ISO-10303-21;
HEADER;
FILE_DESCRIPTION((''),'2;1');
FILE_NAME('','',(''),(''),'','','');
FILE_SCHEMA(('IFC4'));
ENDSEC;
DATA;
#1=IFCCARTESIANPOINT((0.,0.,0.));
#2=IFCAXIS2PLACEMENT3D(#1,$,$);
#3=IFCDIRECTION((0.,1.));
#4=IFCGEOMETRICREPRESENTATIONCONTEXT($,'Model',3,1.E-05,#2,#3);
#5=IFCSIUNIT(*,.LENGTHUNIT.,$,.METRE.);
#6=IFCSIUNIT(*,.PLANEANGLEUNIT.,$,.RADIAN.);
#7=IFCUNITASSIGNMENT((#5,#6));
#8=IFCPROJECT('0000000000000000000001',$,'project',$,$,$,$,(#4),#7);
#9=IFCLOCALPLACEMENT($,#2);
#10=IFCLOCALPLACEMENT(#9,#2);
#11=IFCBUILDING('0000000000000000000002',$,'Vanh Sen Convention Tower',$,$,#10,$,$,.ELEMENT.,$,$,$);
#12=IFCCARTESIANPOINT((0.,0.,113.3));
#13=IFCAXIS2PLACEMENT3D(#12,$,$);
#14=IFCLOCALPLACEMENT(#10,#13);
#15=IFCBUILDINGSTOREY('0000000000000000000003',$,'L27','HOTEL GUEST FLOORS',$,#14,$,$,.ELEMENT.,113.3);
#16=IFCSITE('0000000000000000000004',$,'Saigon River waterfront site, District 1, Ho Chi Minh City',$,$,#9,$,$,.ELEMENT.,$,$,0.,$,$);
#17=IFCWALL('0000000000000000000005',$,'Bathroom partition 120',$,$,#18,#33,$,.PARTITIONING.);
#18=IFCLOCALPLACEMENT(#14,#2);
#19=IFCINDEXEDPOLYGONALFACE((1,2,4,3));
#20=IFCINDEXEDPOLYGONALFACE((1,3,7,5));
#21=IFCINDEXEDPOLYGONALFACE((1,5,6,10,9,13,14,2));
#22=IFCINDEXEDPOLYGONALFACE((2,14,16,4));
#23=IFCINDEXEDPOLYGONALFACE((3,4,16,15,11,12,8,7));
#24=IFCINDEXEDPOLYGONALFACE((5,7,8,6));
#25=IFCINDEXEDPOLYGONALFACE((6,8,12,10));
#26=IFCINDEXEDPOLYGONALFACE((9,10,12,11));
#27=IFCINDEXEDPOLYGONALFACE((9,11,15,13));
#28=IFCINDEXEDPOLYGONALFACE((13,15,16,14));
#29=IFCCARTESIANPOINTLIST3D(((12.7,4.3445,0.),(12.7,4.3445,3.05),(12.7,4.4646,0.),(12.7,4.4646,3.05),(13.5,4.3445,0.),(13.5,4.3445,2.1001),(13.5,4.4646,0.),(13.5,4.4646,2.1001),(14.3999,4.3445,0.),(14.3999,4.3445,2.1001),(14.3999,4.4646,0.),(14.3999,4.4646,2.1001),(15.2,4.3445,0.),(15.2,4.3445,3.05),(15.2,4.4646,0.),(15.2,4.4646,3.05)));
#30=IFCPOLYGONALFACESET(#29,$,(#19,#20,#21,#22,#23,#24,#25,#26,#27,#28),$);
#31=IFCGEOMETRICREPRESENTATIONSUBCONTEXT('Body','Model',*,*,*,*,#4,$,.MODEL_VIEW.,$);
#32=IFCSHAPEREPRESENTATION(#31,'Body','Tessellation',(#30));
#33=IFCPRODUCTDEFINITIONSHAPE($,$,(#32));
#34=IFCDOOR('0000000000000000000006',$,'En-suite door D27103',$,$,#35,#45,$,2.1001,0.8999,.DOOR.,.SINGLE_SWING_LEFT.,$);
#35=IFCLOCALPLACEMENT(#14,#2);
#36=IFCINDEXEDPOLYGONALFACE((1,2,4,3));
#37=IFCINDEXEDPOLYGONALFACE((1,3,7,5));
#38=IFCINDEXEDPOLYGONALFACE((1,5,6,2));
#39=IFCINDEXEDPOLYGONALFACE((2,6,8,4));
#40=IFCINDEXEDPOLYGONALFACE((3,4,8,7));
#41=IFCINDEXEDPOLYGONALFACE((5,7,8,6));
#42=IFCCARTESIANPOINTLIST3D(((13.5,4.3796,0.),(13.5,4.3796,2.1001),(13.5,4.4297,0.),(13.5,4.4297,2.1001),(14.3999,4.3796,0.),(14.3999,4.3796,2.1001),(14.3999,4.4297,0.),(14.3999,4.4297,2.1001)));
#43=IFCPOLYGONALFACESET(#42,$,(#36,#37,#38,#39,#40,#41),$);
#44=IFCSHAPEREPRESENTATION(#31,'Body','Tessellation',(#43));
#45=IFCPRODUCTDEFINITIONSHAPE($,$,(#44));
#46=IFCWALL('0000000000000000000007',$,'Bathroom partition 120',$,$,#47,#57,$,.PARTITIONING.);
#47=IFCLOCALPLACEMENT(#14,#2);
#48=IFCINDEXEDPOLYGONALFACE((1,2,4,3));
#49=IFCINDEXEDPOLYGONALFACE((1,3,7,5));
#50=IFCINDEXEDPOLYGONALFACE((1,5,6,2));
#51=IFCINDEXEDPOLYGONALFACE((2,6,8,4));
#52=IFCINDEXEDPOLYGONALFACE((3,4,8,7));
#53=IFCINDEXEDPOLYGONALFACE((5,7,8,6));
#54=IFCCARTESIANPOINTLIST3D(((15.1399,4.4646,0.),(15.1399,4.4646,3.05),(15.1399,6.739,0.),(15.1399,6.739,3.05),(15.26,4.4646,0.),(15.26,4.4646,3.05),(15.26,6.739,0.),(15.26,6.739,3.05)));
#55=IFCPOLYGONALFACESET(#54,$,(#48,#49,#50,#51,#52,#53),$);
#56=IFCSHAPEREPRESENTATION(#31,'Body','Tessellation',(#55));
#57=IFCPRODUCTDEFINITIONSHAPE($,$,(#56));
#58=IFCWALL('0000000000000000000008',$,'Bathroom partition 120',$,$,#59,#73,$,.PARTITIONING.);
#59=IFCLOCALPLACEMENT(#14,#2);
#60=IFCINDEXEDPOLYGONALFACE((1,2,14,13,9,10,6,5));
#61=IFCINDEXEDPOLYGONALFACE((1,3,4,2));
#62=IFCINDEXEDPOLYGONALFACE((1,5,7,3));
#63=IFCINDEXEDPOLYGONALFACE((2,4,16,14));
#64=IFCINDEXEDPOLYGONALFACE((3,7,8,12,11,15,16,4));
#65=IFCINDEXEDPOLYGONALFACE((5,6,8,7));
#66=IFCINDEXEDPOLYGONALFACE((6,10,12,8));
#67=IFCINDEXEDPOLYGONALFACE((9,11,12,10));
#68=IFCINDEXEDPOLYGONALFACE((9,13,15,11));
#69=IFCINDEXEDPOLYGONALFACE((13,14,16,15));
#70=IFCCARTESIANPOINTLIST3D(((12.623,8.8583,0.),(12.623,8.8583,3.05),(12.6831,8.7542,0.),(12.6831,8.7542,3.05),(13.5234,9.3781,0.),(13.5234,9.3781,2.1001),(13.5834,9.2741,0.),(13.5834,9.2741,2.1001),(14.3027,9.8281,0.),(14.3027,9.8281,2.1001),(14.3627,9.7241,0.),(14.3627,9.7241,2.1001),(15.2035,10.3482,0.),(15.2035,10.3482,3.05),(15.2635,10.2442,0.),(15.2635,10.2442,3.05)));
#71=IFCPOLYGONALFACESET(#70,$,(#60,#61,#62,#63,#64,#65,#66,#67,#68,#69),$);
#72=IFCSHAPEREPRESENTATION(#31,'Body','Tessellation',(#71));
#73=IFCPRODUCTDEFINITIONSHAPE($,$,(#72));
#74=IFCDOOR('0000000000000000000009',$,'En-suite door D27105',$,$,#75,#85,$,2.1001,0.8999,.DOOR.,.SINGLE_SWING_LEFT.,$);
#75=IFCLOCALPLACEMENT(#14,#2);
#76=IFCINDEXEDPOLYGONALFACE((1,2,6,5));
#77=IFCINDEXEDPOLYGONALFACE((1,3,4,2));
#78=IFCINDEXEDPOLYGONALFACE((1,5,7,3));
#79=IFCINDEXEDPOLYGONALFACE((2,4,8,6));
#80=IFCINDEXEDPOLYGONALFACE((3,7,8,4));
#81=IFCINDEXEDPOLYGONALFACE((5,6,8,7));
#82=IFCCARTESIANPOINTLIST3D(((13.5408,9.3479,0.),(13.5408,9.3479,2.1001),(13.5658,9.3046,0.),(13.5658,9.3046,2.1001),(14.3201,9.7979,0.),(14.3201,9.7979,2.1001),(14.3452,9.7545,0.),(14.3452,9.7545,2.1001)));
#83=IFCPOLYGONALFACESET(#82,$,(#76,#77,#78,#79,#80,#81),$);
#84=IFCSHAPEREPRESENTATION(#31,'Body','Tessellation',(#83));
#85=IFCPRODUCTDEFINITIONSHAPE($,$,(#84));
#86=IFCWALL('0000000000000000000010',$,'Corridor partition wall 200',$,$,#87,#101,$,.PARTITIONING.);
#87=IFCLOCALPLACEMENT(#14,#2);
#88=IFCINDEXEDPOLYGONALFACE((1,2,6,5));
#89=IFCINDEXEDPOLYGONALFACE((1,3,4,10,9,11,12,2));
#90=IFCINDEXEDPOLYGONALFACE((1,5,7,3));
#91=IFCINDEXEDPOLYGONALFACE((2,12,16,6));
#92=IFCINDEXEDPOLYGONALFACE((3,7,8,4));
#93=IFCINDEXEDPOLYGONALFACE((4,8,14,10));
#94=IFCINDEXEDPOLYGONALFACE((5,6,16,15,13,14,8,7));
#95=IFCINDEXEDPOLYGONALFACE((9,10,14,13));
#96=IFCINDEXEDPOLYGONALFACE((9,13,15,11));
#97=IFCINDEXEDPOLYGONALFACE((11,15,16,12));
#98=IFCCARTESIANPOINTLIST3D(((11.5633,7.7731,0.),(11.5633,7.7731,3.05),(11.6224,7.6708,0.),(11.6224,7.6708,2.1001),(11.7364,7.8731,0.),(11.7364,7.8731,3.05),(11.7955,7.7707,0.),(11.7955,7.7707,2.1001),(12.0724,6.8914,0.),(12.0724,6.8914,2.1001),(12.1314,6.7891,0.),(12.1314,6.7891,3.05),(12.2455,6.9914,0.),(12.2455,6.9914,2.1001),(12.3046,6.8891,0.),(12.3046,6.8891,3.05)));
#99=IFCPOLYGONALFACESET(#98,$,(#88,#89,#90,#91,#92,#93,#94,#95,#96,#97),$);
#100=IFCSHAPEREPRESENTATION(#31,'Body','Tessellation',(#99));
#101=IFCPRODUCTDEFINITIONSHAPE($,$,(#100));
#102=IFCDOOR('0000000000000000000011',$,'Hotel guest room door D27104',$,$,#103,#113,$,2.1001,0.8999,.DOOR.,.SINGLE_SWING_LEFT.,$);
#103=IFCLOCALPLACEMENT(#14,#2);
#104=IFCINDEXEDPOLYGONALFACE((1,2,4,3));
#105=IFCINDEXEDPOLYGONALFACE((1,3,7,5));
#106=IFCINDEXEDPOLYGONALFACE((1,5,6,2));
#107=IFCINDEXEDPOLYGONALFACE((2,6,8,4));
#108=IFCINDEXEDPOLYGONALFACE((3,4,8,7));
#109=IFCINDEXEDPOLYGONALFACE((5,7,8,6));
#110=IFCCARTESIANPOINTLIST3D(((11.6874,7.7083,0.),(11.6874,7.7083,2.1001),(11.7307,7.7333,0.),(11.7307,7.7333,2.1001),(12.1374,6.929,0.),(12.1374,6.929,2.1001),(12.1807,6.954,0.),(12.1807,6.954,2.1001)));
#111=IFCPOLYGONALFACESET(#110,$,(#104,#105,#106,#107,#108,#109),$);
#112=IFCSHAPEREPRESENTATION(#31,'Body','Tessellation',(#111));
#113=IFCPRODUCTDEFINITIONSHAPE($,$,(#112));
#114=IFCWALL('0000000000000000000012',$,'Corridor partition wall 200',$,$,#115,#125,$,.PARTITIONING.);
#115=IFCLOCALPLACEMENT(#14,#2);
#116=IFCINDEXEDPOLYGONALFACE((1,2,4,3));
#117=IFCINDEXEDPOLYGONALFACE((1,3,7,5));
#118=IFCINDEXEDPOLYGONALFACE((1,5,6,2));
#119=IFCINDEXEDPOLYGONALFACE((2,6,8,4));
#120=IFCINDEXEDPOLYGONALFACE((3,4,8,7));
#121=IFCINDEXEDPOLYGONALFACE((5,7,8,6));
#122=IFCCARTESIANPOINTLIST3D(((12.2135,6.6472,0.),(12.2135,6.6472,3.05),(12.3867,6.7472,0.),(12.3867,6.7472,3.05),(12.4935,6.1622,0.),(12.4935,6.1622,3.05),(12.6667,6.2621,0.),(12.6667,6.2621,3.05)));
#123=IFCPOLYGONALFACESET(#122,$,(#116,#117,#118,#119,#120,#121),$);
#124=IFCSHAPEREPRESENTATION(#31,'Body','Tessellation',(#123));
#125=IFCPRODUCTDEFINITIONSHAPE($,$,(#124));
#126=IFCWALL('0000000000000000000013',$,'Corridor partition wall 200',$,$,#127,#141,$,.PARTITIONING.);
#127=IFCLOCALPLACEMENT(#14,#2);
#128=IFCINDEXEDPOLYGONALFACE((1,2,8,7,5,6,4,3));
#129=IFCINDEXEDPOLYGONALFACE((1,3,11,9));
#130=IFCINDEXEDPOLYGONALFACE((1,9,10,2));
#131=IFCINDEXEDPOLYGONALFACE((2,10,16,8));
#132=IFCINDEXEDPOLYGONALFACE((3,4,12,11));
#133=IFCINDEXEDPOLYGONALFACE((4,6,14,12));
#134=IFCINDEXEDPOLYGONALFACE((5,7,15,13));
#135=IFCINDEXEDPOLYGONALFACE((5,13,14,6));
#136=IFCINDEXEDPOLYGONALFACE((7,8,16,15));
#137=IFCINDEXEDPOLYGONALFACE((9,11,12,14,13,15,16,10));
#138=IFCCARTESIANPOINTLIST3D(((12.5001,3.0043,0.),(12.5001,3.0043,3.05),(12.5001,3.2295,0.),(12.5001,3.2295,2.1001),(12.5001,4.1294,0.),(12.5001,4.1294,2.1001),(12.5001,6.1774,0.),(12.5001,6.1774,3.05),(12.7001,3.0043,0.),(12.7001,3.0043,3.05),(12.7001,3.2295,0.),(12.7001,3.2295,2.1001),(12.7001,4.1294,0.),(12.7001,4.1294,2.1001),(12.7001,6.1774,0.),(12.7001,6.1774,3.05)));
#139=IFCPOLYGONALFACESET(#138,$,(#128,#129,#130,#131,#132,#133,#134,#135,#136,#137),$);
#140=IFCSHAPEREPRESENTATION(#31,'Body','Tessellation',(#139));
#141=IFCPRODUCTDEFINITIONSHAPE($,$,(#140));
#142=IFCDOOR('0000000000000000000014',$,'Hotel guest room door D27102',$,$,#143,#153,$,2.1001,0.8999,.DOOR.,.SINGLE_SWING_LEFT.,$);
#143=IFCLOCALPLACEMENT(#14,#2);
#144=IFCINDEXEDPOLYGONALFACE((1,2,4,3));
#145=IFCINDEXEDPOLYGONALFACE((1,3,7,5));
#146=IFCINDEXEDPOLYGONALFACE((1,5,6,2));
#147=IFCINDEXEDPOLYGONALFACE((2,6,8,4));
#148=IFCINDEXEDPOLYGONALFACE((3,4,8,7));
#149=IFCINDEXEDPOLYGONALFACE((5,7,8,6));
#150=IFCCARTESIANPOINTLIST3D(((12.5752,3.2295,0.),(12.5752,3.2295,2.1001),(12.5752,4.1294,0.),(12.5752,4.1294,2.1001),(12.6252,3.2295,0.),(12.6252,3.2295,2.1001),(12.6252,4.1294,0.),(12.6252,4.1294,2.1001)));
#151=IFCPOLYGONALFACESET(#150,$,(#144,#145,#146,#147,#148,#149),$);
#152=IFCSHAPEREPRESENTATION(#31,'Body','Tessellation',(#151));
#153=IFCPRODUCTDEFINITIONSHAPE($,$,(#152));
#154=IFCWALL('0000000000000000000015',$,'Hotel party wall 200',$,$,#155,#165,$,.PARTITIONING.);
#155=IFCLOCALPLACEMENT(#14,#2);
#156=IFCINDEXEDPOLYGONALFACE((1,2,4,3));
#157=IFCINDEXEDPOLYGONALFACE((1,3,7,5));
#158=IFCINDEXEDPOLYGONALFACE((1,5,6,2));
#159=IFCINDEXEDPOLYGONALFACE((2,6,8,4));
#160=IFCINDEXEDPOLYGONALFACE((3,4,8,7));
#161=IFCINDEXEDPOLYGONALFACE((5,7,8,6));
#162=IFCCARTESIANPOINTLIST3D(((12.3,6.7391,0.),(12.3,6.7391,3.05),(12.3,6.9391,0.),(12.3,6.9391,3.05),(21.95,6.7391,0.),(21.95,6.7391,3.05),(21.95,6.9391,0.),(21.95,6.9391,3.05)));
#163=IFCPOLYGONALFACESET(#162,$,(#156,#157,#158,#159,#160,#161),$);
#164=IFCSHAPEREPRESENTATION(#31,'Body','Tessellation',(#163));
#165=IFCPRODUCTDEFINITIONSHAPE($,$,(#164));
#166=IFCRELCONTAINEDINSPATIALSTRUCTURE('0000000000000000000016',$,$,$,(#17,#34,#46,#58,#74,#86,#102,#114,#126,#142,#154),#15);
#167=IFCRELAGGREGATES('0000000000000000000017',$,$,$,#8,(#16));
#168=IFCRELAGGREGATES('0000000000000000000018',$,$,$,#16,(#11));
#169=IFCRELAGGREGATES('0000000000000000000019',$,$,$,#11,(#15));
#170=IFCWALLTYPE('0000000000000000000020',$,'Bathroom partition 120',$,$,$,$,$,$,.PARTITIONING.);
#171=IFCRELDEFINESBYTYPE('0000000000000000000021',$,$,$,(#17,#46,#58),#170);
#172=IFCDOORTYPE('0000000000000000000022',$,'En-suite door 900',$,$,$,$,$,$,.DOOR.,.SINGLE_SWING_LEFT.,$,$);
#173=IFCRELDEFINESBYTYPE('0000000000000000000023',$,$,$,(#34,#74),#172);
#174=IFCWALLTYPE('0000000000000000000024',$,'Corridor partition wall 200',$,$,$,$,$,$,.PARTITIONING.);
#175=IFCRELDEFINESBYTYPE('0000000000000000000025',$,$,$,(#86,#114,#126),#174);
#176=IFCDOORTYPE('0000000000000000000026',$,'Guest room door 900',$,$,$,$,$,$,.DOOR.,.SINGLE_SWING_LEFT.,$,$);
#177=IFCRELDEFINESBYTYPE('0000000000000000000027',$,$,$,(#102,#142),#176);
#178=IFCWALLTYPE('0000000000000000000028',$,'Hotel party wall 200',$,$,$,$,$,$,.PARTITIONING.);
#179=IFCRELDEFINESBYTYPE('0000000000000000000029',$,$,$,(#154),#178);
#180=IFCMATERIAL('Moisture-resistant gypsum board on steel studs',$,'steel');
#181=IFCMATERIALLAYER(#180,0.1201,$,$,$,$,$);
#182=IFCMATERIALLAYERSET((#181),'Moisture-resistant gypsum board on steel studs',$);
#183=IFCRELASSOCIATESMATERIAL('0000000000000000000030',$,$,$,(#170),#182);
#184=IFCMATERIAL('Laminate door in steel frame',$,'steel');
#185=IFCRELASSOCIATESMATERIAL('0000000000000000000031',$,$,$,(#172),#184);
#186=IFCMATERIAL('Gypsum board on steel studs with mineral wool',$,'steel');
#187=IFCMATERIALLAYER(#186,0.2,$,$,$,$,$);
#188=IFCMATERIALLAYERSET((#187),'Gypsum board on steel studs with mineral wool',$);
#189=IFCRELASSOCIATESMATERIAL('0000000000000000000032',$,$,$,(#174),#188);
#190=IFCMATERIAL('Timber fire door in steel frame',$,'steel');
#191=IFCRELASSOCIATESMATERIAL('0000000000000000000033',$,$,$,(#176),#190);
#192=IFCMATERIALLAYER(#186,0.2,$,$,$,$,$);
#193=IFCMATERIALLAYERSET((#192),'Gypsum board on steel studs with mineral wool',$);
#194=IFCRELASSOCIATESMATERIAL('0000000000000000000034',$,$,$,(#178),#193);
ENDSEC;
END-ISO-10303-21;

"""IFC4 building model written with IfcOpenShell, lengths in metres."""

from ifc_helpers import new_model, si_unit, direction, frame, frame_2d, origin, place, context, subcontext, project, spatial, rectangle, extrude, material, layer, layer_set, type_object, element, fill, save


model = new_model("IFC4")

# Units and contexts
model_context = context("Model", 3, precision=1e-05, world=origin(), true_north=direction((0.0, 1.0)))
body_context = subcontext(model_context, "Body", "Model", "MODEL_VIEW")
ifc_project = project(units=[si_unit("LENGTHUNIT", "METRE"), si_unit("PLANEANGLEUNIT", "RADIAN")], contexts=[model_context])

# Site, building, storey
site_placement = place(None, origin())
site = spatial("IfcSite", under=ifc_project, at=site_placement, Name="Saigon River waterfront site, District 1, Ho Chi Minh City", CompositionType="ELEMENT", RefElevation=0.0)
building_placement = place(site_placement, origin())
building = spatial("IfcBuilding", under=site, at=building_placement, Name="Vanh Sen Convention Tower", CompositionType="ELEMENT")
storey_placement = place(building_placement, frame((0.0, 0.0, 113.3)))
storey = spatial("IfcBuildingStorey", under=building, at=storey_placement, Name="L27", Description="HOTEL GUEST FLOORS", CompositionType="ELEMENT", Elevation=113.3)

# Shared definitions
ifc_material_1 = material(Name="Moisture-resistant gypsum board on steel studs", Category="steel")
ifc_layer_1 = layer(ifc_material_1, 0.1201)
ifc_layer_set_1 = layer_set([ifc_layer_1], Name="Moisture-resistant gypsum board on steel studs")
wall_type_1 = type_object("IfcWallType", Name="Bathroom partition 120", PredefinedType="PARTITIONING", material=ifc_layer_set_1)

# Wall, opening, door
wall_1_placement = place(storey_placement, frame((15.2, 4.4045, 0.0), z_axis=(0.0, 0.0, 1.0), x_axis=(-1.0, 0.0, 0.0)))
wall_1 = element("IfcWall", 1, at=wall_1_placement, inside=storey, type_object=wall_type_1, Name="Bathroom partition 120", PredefinedType="PARTITIONING", context=body_context, shape_type="SweptSolid", body=[
    extrude(rectangle(XDim=2.5, YDim=0.1201, at=frame_2d((1.25, 0.0))), origin(), (0.0, 0.0, 1.0), 3.05),
])
opening_1_placement = place(wall_1_placement, frame((0.8, 0.0, 0.0)))
opening_1 = element("IfcOpeningElement", 2, at=opening_1_placement, cuts=wall_1, PredefinedType="OPENING", context=body_context, shape_type="SweptSolid", body=[
    extrude(rectangle(XDim=0.8999, YDim=2.1001, at=frame_2d((0.45, 1.05))), frame((0.0, 0.0701, 0.0), z_axis=(0.0, -1.0, 0.0), x_axis=(1.0, 0.0, 0.0)), (0.0, 0.0, 1.0), 0.1401),
])
ifc_material_2 = material(Name="Laminate door in steel frame", Category="steel")
door_type_1 = type_object("IfcDoorType", Name="En-suite door 900", OperationType="SINGLE_SWING_LEFT", PredefinedType="DOOR", material=ifc_material_2)
door_1_placement = place(opening_1_placement, origin())
door_1 = element("IfcDoor", 3, at=door_1_placement, inside=storey, type_object=door_type_1, Name="En-suite door D27103", OperationType="SINGLE_SWING_LEFT", OverallHeight=2.1001, OverallWidth=0.8999, PredefinedType="DOOR", context=body_context, shape_type="SweptSolid", body=[
    extrude(rectangle(XDim=0.8999, YDim=2.1001, at=frame_2d((0.45, 1.05))), frame((0.0, 0.0249, 0.0), z_axis=(0.0, -1.0, 0.0), x_axis=(1.0, 0.0, 0.0)), (0.0, 0.0, 1.0), 0.05),
])
fill(opening_1, door_1)

# Wall
wall_2_placement = place(storey_placement, frame((15.2, 6.739, 0.0), z_axis=(0.0, 0.0, 1.0), x_axis=(0.0, -1.0, 0.0)))
element("IfcWall", 4, at=wall_2_placement, inside=storey, type_object=wall_type_1, Name="Bathroom partition 120", PredefinedType="PARTITIONING", context=body_context, shape_type="SweptSolid", body=[
    extrude(rectangle(XDim=2.2744, YDim=0.1201, at=frame_2d((1.1372, 0.0))), origin(), (0.0, 0.0, 1.0), 3.05),
])

# Walls, openings, doors
wall_3_placement = place(storey_placement, frame((15.2334, 10.2961, 0.0), z_axis=(0.0, 0.0, 1.0), x_axis=(-0.866011, -0.500025, 0.0)))
wall_3 = element("IfcWall", 5, at=wall_3_placement, inside=storey, type_object=wall_type_1, Name="Bathroom partition 120", PredefinedType="PARTITIONING", context=body_context, shape_type="SweptSolid", body=[
    extrude(rectangle(XDim=2.9797, YDim=0.1201, at=frame_2d((1.4897, 0.0))), origin(), (0.0, 0.0, 1.0), 3.05),
])
opening_2_placement = place(wall_3_placement, frame((1.04, 0.0, 0.0)))
opening_2 = element("IfcOpeningElement", 6, at=opening_2_placement, cuts=wall_3, PredefinedType="OPENING", context=body_context, shape_type="SweptSolid", body=[
    extrude(rectangle(XDim=0.8999, YDim=2.1001, at=frame_2d((0.45, 1.05))), frame((0.0, 0.0701, 0.0), z_axis=(0.0, -1.0, 0.0), x_axis=(1.0, 0.0, 0.0)), (0.0, 0.0, 1.0), 0.1401),
])
door_2_placement = place(opening_2_placement, origin())
door_2 = element("IfcDoor", 7, at=door_2_placement, inside=storey, type_object=door_type_1, Name="En-suite door D27105", OperationType="SINGLE_SWING_LEFT", OverallHeight=2.1001, OverallWidth=0.8999, PredefinedType="DOOR", context=body_context, shape_type="SweptSolid", body=[
    extrude(rectangle(XDim=0.8999, YDim=2.1001, at=frame_2d((0.45, 1.05))), frame((0.0, 0.0249, 0.0), z_axis=(0.0, -1.0, 0.0), x_axis=(1.0, 0.0, 0.0)), (0.0, 0.0, 1.0), 0.05),
])
fill(opening_2, door_2)
ifc_material_3 = material(Name="Gypsum board on steel studs with mineral wool", Category="steel")
ifc_layer_2 = layer(ifc_material_3, 0.2)
ifc_layer_set_2 = layer_set([ifc_layer_2], Name="Gypsum board on steel studs with mineral wool")
wall_type_2 = type_object("IfcWallType", Name="Corridor partition wall 200", PredefinedType="PARTITIONING", material=ifc_layer_set_2)
wall_4_placement = place(storey_placement, frame((12.218, 6.8391, 0.0), z_axis=(0.0, 0.0, 1.0), x_axis=(-0.500045, 0.865999, 0.0)))
wall_4 = element("IfcWall", 8, at=wall_4_placement, inside=storey, type_object=wall_type_2, Name="Corridor partition wall 200", PredefinedType="PARTITIONING", context=body_context, shape_type="SweptSolid", body=[
    extrude(rectangle(XDim=1.1362, YDim=0.2, at=frame_2d((0.5681, 0.0))), origin(), (0.0, 0.0, 1.0), 3.05),
])
opening_3_placement = place(wall_4_placement, frame((0.1182, 0.0, 0.0)))
opening_3 = element("IfcOpeningElement", 9, at=opening_3_placement, cuts=wall_4, PredefinedType="OPENING", context=body_context, shape_type="SweptSolid", body=[
    extrude(rectangle(XDim=0.8999, YDim=2.1001, at=frame_2d((0.45, 1.05))), frame((0.0, 0.1099, 0.0), z_axis=(0.0, -1.0, 0.0), x_axis=(1.0, 0.0, 0.0)), (0.0, 0.0, 1.0), 0.22),
])
ifc_material_4 = material(Name="Timber fire door in steel frame", Category="steel")
door_type_2 = type_object("IfcDoorType", Name="Guest room door 900", OperationType="SINGLE_SWING_LEFT", PredefinedType="DOOR", material=ifc_material_4)
door_3_placement = place(opening_3_placement, origin())
door_3 = element("IfcDoor", 10, at=door_3_placement, inside=storey, type_object=door_type_2, Name="Hotel guest room door D27104", OperationType="SINGLE_SWING_LEFT", OverallHeight=2.1001, OverallWidth=0.8999, PredefinedType="DOOR", context=body_context, shape_type="SweptSolid", body=[
    extrude(rectangle(XDim=0.8999, YDim=2.1001, at=frame_2d((0.45, 1.05))), frame((0.0, 0.0249, 0.0), z_axis=(0.0, -1.0, 0.0), x_axis=(1.0, 0.0, 0.0)), (0.0, 0.0, 1.0), 0.05),
])
fill(opening_3, door_3)

# Wall
wall_5_placement = place(storey_placement, frame((12.5801, 6.2122, 0.0), z_axis=(0.0, 0.0, 1.0), x_axis=(-0.499936, 0.866062, 0.0)))
element("IfcWall", 11, at=wall_5_placement, inside=storey, type_object=wall_type_2, Name="Corridor partition wall 200", PredefinedType="PARTITIONING", context=body_context, shape_type="SweptSolid", body=[
    extrude(rectangle(XDim=0.5601, YDim=0.2, at=frame_2d((0.28, 0.0))), origin(), (0.0, 0.0, 1.0), 3.05),
])

# Wall, opening, door
wall_6_placement = place(storey_placement, frame((12.6001, 3.0044, 0.0), z_axis=(0.0, 0.0, 1.0), x_axis=(0.0, 1.0, 0.0)))
wall_6 = element("IfcWall", 12, at=wall_6_placement, inside=storey, type_object=wall_type_2, Name="Corridor partition wall 200", PredefinedType="PARTITIONING", context=body_context, shape_type="SweptSolid", body=[
    extrude(rectangle(XDim=3.1731, YDim=0.2, at=frame_2d((1.5864, 0.0))), origin(), (0.0, 0.0, 1.0), 3.05),
])
opening_4_placement = place(wall_6_placement, frame((0.2251, 0.0, 0.0)))
opening_4 = element("IfcOpeningElement", 13, at=opening_4_placement, cuts=wall_6, PredefinedType="OPENING", context=body_context, shape_type="SweptSolid", body=[
    extrude(rectangle(XDim=0.8999, YDim=2.1001, at=frame_2d((0.45, 1.05))), frame((0.0, 0.1099, 0.0), z_axis=(0.0, -1.0, 0.0), x_axis=(1.0, 0.0, 0.0)), (0.0, 0.0, 1.0), 0.22),
])
door_4_placement = place(opening_4_placement, origin())
door_4 = element("IfcDoor", 14, at=door_4_placement, inside=storey, type_object=door_type_2, Name="Hotel guest room door D27102", OperationType="SINGLE_SWING_LEFT", OverallHeight=2.1001, OverallWidth=0.8999, PredefinedType="DOOR", context=body_context, shape_type="SweptSolid", body=[
    extrude(rectangle(XDim=0.8999, YDim=2.1001, at=frame_2d((0.45, 1.05))), frame((0.0, 0.0249, 0.0), z_axis=(0.0, -1.0, 0.0), x_axis=(1.0, 0.0, 0.0)), (0.0, 0.0, 1.0), 0.05),
])
fill(opening_4, door_4)

# Wall
ifc_layer_3 = layer(ifc_material_3, 0.2)
ifc_layer_set_3 = layer_set([ifc_layer_3], Name="Gypsum board on steel studs with mineral wool")
wall_type_3 = type_object("IfcWallType", Name="Hotel party wall 200", PredefinedType="PARTITIONING", material=ifc_layer_set_3)
wall_7_placement = place(storey_placement, frame((21.95, 6.8391, 0.0), z_axis=(0.0, 0.0, 1.0), x_axis=(-1.0, 0.0, 0.0)))
element("IfcWall", 15, at=wall_7_placement, inside=storey, type_object=wall_type_3, Name="Hotel party wall 200", PredefinedType="PARTITIONING", context=body_context, shape_type="SweptSolid", body=[
    extrude(rectangle(XDim=9.6499, YDim=0.2, at=frame_2d((4.825, 0.0))), origin(), (0.0, 0.0, 1.0), 3.05),
])

save(model, "model.ifc")
